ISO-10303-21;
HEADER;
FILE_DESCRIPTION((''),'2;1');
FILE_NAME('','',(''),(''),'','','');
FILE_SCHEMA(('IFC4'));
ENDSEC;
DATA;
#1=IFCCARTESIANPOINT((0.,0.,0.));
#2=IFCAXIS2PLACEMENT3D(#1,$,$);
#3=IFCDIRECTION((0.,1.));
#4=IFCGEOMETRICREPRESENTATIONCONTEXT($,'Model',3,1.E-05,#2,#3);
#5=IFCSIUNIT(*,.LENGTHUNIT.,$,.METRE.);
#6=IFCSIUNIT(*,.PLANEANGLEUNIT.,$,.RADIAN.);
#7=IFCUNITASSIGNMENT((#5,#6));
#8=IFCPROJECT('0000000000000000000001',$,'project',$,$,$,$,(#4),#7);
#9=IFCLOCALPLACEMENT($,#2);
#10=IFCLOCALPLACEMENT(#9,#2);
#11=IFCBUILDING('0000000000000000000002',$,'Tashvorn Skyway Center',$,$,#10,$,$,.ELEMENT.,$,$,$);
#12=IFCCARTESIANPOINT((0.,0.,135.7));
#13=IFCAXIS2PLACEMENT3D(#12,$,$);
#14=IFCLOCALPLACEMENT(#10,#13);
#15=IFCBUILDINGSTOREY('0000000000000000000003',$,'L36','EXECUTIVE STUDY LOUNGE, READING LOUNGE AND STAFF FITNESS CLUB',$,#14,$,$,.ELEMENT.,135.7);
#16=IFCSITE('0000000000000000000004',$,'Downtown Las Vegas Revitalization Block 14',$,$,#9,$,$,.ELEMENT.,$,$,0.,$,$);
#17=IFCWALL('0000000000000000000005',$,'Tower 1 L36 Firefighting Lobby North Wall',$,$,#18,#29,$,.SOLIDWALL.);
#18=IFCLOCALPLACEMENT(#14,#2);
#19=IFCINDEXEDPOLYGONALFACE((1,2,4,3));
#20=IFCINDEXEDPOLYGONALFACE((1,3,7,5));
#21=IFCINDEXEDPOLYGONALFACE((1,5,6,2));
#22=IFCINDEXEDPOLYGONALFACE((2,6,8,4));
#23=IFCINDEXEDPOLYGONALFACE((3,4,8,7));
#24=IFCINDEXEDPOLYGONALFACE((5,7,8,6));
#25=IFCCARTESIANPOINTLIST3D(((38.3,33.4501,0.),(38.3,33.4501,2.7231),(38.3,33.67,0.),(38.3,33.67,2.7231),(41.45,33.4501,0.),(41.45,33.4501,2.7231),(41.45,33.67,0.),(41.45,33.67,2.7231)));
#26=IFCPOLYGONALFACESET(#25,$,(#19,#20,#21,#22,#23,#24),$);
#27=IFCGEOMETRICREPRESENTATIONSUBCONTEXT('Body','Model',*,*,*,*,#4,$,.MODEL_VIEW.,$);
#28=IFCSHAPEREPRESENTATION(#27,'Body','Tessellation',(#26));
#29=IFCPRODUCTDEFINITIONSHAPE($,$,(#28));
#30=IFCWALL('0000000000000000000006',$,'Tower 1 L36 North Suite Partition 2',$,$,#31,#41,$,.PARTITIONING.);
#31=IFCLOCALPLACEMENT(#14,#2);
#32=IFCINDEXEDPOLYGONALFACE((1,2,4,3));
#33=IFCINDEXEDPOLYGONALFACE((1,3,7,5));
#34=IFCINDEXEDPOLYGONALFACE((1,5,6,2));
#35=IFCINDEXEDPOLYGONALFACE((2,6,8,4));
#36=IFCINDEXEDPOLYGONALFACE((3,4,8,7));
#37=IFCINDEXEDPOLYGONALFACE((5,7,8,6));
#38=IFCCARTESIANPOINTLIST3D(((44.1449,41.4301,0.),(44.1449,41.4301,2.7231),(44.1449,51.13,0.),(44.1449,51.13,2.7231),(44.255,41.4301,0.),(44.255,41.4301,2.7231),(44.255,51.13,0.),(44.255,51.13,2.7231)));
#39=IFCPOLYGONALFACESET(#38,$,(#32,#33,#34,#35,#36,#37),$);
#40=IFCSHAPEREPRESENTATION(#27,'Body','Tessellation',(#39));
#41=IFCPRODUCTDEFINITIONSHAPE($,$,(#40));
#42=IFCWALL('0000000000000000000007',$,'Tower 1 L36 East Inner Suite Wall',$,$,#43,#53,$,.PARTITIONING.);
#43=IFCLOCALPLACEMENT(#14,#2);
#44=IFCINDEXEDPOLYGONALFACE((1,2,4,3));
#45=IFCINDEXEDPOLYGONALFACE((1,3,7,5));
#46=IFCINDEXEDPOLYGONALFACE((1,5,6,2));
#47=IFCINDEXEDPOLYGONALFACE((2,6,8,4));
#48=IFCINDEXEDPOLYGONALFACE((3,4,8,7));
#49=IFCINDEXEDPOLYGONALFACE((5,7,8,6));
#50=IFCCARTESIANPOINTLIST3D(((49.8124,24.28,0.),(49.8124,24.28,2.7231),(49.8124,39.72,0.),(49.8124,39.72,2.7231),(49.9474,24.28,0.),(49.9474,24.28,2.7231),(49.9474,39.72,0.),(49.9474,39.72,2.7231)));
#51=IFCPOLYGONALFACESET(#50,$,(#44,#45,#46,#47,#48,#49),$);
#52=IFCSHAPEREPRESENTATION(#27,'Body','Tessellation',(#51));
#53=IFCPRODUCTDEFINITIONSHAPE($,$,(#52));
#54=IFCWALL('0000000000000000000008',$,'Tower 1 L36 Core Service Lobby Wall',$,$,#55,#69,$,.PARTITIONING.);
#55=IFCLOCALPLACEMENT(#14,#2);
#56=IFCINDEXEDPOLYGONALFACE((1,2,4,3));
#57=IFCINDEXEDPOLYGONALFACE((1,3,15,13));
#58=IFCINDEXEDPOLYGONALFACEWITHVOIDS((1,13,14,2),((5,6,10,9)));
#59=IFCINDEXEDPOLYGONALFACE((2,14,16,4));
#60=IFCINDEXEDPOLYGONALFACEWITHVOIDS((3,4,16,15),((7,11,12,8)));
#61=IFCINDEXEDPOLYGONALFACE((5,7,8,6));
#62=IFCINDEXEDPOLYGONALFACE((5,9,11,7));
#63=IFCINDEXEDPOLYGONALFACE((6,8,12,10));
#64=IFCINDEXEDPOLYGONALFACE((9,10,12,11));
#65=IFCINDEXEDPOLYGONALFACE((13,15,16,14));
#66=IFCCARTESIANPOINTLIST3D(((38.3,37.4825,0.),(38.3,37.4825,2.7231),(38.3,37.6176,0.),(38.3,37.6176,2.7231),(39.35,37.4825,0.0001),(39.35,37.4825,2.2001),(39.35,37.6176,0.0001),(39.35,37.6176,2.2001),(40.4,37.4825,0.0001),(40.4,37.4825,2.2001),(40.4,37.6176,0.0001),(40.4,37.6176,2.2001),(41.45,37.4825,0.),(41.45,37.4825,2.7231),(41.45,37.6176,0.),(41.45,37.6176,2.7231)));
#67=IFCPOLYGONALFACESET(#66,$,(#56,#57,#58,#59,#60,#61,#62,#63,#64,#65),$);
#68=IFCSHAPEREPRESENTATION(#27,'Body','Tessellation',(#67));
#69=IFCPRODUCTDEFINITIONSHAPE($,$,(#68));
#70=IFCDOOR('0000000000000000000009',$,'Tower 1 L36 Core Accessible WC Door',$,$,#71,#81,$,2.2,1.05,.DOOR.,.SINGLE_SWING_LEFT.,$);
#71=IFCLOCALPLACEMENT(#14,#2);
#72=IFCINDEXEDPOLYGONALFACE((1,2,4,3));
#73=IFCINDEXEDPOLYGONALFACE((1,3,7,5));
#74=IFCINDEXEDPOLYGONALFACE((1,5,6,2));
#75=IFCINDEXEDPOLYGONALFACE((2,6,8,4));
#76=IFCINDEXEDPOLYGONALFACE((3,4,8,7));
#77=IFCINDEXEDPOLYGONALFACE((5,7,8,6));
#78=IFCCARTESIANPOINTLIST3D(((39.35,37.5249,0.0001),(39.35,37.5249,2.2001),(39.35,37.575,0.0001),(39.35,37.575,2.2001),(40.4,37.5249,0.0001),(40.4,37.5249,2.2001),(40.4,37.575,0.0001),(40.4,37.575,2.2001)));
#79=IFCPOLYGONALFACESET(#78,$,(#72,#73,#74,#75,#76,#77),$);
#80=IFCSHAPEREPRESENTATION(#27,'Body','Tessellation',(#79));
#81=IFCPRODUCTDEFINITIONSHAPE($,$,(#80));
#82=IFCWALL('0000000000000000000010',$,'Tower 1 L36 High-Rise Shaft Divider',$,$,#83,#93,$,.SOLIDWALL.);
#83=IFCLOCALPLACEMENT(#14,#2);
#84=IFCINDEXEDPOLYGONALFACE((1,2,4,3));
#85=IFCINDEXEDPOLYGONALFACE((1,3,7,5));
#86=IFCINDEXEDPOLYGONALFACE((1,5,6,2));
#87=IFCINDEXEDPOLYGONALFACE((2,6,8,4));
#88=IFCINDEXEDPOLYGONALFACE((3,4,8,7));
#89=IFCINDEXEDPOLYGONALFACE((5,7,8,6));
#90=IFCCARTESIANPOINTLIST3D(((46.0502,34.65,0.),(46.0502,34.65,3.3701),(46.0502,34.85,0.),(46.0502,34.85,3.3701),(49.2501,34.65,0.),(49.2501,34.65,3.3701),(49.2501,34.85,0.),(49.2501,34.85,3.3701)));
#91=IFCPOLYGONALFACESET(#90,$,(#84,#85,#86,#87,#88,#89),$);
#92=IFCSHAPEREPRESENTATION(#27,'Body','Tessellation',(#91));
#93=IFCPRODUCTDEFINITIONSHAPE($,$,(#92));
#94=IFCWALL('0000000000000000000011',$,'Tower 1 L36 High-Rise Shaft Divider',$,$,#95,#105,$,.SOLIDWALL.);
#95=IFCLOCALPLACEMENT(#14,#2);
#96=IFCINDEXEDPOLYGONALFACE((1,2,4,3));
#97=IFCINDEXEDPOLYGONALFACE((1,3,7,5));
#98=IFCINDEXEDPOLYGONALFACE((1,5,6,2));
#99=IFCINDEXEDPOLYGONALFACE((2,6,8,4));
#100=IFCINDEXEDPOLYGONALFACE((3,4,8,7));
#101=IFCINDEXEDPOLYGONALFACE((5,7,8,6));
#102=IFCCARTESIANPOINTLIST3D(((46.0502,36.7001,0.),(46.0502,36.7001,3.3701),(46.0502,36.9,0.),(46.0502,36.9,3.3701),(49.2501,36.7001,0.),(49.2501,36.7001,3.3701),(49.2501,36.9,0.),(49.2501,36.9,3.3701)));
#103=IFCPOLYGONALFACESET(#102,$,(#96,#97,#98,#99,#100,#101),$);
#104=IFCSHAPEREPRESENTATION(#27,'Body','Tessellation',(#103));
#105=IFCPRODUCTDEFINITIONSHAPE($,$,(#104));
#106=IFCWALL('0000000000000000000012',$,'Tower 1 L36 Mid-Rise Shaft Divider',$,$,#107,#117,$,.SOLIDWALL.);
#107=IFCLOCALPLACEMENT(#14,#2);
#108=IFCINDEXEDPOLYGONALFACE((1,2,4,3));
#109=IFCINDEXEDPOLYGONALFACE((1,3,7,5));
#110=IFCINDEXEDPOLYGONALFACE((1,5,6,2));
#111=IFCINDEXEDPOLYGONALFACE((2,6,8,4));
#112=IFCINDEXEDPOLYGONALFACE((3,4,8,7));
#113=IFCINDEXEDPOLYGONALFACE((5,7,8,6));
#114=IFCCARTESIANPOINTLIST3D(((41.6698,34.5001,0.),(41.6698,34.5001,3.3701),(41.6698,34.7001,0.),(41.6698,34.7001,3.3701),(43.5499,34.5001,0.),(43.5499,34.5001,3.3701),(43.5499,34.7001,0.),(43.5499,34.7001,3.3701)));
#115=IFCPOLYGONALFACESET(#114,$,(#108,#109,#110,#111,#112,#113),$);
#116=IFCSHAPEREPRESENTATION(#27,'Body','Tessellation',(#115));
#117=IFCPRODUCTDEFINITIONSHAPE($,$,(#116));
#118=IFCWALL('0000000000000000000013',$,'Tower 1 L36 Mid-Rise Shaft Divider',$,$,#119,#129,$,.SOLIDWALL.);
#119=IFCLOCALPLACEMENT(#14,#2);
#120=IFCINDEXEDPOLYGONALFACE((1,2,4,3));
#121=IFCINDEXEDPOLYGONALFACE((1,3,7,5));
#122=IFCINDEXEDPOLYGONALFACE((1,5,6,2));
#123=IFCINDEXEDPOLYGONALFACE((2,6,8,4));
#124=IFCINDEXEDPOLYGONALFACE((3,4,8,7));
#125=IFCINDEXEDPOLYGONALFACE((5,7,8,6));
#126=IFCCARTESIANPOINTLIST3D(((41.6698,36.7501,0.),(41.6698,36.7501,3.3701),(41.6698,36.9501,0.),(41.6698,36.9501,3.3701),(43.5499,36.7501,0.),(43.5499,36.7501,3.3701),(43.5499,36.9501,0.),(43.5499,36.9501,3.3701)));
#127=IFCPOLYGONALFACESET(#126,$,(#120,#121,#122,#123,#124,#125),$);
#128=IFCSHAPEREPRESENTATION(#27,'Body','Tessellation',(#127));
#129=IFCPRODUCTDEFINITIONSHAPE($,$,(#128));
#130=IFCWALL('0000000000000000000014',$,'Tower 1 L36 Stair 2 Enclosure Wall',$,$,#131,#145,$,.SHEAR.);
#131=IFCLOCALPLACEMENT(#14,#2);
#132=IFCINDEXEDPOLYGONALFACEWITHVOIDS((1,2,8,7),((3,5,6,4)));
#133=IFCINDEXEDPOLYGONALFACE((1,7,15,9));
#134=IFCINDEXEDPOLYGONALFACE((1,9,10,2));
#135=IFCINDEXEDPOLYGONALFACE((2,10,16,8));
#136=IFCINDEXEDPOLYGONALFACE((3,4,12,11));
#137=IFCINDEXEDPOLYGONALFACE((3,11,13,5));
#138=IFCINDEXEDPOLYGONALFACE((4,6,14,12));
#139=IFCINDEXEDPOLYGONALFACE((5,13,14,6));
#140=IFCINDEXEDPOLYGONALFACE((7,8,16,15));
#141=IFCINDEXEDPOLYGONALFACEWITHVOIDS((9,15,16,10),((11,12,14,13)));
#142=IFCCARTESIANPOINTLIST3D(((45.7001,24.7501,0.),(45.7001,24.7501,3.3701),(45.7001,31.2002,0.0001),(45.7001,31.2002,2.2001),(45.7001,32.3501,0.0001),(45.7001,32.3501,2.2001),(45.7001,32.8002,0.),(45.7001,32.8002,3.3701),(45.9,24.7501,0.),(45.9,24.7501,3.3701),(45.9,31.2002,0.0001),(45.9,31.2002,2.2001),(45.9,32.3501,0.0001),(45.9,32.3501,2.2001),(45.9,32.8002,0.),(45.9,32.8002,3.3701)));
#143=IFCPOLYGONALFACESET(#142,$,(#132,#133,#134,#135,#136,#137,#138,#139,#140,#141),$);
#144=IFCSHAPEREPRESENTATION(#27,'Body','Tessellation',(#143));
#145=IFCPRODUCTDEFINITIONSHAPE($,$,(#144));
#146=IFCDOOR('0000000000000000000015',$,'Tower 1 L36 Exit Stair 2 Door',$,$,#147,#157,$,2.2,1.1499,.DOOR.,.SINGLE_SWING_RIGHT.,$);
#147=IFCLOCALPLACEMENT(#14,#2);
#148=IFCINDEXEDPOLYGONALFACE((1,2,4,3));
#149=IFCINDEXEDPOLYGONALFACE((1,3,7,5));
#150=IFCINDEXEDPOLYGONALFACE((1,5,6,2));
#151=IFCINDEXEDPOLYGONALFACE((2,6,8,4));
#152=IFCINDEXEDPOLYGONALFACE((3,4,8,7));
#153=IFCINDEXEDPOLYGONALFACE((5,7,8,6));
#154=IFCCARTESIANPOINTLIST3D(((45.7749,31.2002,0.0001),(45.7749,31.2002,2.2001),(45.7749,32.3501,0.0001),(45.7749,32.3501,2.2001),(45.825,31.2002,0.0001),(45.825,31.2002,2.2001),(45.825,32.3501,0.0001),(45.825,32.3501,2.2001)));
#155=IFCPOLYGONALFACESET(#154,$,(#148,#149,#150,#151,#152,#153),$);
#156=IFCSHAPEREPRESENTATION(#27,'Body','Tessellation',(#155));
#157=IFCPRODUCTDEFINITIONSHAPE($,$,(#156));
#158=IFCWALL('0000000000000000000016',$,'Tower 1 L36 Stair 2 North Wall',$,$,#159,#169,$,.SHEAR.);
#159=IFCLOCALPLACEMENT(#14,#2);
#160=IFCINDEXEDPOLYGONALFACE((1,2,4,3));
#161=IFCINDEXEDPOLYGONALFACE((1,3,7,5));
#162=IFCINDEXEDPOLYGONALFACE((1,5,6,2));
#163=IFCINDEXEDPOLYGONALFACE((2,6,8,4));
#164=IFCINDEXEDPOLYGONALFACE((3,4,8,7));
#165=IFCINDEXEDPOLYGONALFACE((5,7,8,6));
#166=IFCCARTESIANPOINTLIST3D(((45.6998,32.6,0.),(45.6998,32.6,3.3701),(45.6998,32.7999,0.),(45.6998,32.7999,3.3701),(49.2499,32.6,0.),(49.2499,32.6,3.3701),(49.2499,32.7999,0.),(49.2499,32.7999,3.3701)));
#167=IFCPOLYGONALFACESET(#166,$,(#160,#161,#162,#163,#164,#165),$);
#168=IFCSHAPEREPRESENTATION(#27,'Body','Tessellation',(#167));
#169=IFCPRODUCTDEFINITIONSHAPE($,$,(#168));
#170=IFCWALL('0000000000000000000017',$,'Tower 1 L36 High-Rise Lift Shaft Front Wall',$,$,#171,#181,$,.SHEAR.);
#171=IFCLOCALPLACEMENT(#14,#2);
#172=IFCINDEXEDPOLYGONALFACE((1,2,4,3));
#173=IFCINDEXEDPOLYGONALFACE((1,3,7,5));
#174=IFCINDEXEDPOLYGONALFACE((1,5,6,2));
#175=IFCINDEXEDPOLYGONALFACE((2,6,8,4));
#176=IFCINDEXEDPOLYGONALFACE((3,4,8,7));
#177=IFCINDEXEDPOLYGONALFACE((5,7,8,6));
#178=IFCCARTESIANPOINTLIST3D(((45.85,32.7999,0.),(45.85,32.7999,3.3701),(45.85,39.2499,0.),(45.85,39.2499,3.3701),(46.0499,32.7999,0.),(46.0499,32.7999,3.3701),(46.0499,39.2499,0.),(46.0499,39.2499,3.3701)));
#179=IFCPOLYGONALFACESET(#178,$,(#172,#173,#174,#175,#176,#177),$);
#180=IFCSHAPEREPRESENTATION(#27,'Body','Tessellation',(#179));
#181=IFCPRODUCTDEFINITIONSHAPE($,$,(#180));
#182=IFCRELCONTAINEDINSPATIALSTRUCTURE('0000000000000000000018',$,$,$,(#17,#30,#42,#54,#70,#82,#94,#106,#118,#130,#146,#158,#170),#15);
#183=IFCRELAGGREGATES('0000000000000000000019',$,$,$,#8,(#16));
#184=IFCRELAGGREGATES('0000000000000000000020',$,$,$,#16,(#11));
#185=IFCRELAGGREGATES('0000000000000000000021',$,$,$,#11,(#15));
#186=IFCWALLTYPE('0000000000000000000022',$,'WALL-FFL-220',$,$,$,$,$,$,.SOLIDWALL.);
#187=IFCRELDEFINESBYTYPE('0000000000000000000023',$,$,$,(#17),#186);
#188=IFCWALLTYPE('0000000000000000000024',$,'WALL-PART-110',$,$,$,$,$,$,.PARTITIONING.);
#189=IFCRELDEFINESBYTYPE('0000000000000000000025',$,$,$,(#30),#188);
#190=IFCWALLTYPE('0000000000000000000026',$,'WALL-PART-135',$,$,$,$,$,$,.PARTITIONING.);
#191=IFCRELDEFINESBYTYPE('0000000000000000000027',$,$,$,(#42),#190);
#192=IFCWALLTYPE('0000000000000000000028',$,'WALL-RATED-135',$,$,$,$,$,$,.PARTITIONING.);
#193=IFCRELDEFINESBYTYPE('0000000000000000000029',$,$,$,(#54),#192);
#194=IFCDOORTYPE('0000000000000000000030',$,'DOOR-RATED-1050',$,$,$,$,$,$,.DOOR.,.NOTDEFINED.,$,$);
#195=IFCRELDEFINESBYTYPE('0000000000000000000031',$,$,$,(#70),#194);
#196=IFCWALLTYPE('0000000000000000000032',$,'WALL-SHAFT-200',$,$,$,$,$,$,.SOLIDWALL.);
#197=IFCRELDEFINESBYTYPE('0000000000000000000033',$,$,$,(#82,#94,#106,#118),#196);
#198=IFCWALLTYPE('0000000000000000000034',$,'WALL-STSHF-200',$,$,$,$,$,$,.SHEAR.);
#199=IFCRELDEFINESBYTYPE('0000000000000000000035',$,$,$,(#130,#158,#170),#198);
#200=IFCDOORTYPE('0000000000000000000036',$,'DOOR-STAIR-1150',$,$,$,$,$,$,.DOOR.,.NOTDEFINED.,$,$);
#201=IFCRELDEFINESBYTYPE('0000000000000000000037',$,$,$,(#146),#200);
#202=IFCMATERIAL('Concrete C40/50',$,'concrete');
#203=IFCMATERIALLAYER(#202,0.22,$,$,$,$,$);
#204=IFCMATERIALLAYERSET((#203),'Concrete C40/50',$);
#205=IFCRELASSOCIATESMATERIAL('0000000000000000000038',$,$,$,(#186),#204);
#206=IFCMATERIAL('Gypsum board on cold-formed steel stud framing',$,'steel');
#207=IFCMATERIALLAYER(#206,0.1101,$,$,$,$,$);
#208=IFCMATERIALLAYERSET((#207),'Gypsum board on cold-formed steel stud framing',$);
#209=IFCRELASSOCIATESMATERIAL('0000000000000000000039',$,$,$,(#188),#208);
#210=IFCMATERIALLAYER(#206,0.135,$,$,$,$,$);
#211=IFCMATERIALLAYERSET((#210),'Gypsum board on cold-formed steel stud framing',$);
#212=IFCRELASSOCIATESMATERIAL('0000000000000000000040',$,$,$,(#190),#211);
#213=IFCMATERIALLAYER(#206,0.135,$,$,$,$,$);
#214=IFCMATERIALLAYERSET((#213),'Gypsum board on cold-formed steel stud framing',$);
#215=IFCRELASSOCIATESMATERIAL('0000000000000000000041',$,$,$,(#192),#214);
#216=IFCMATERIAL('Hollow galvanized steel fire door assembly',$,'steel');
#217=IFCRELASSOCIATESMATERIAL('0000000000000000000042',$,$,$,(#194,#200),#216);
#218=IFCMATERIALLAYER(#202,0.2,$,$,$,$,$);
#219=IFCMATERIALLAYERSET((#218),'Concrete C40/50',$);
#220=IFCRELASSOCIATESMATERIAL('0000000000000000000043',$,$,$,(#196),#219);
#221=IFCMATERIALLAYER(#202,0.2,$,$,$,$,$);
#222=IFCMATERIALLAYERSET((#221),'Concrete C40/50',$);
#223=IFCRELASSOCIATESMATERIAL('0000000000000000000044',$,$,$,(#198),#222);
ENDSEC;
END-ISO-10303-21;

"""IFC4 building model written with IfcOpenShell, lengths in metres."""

from ifc_helpers import new_model, si_unit, direction, frame, frame_2d, origin, place, context, subcontext, project, spatial, rectangle, extrude, material, layer, layer_set, type_object, element, fill, save


model = new_model("IFC4")

# Units and contexts
model_context = context("Model", 3, precision=1e-05, world=origin(), true_north=direction((0.0, 1.0)))
body_context = subcontext(model_context, "Body", "Model", "MODEL_VIEW")
ifc_project = project(units=[si_unit("LENGTHUNIT", "METRE"), si_unit("PLANEANGLEUNIT", "RADIAN")], contexts=[model_context])

# Site, building, storey
site_placement = place(None, origin())
site = spatial("IfcSite", under=ifc_project, at=site_placement, Name="Downtown Las Vegas Revitalization Block 14", CompositionType="ELEMENT", RefElevation=0.0)
building_placement = place(site_placement, origin())
building = spatial("IfcBuilding", under=site, at=building_placement, Name="Tashvorn Skyway Center", CompositionType="ELEMENT")
storey_placement = place(building_placement, frame((0.0, 0.0, 135.7)))
storey = spatial("IfcBuildingStorey", under=building, at=storey_placement, Name="L36", Description="EXECUTIVE STUDY LOUNGE, READING LOUNGE AND STAFF FITNESS CLUB", CompositionType="ELEMENT", Elevation=135.7)

# Walls
ifc_material_1 = material(Name="Concrete C40/50", Category="concrete")
ifc_layer_1 = layer(ifc_material_1, 0.22)
ifc_layer_set_1 = layer_set([ifc_layer_1], Name="Concrete C40/50")
wall_type_1 = type_object("IfcWallType", Name="WALL-FFL-220", PredefinedType="SOLIDWALL", material=ifc_layer_set_1)
wall_1_placement = place(storey_placement, frame((38.3, 33.5601, 0.0), z_axis=(0.0, 0.0, 1.0), x_axis=(1.0, 0.0, 0.0)))
element("IfcWall", 1, at=wall_1_placement, inside=storey, type_object=wall_type_1, Name="Tower 1 L36 Firefighting Lobby North Wall", PredefinedType="SOLIDWALL", context=body_context, shape_type="SweptSolid", body=[
    extrude(rectangle(XDim=3.1499, YDim=0.22, at=frame_2d((1.575, 0.0))), origin(), (0.0, 0.0, 1.0), 2.7231),
])
ifc_material_2 = material(Name="Gypsum board on cold-formed steel stud framing", Category="steel")
ifc_layer_2 = layer(ifc_material_2, 0.1101)
ifc_layer_set_2 = layer_set([ifc_layer_2], Name="Gypsum board on cold-formed steel stud framing")
wall_type_2 = type_object("IfcWallType", Name="WALL-PART-110", PredefinedType="PARTITIONING", material=ifc_layer_set_2)
wall_2_placement = place(storey_placement, frame((44.2, 41.4299, 0.0), z_axis=(0.0, 0.0, 1.0), x_axis=(0.0, 1.0, 0.0)))
element("IfcWall", 2, at=wall_2_placement, inside=storey, type_object=wall_type_2, Name="Tower 1 L36 North Suite Partition 2", PredefinedType="PARTITIONING", context=body_context, shape_type="SweptSolid", body=[
    extrude(rectangle(XDim=9.7, YDim=0.1101, at=frame_2d((4.8501, 0.0))), origin(), (0.0, 0.0, 1.0), 2.7231),
])
ifc_layer_3 = layer(ifc_material_2, 0.135)
ifc_layer_set_3 = layer_set([ifc_layer_3], Name="Gypsum board on cold-formed steel stud framing")
wall_type_3 = type_object("IfcWallType", Name="WALL-PART-135", PredefinedType="PARTITIONING", material=ifc_layer_set_3)
wall_3_placement = place(storey_placement, frame((49.8799, 39.72, 0.0), z_axis=(0.0, 0.0, 1.0), x_axis=(0.0, -1.0, 0.0)))
element("IfcWall", 3, at=wall_3_placement, inside=storey, type_object=wall_type_3, Name="Tower 1 L36 East Inner Suite Wall", PredefinedType="PARTITIONING", context=body_context, shape_type="SweptSolid", body=[
    extrude(rectangle(XDim=15.4399, YDim=0.135, at=frame_2d((7.72, 0.0))), origin(), (0.0, 0.0, 1.0), 2.7231),
])

# Wall, opening, door
ifc_layer_4 = layer(ifc_material_2, 0.135)
ifc_layer_set_4 = layer_set([ifc_layer_4], Name="Gypsum board on cold-formed steel stud framing")
wall_type_4 = type_object("IfcWallType", Name="WALL-RATED-135", PredefinedType="PARTITIONING", material=ifc_layer_set_4)
wall_4_placement = place(storey_placement, frame((38.3, 37.55, 0.0), z_axis=(0.0, 0.0, 1.0), x_axis=(1.0, 0.0, 0.0)))
wall_4 = element("IfcWall", 4, at=wall_4_placement, inside=storey, type_object=wall_type_4, Name="Tower 1 L36 Core Service Lobby Wall", PredefinedType="PARTITIONING", context=body_context, shape_type="SweptSolid", body=[
    extrude(rectangle(XDim=3.1499, YDim=0.135, at=frame_2d((1.575, 0.0))), origin(), (0.0, 0.0, 1.0), 2.7231),
])
opening_1_placement = place(wall_4_placement, frame((1.05, 0.0, 0.0)))
opening_1 = element("IfcOpeningElement", 5, at=opening_1_placement, cuts=wall_4, PredefinedType="OPENING", context=body_context, shape_type="SweptSolid", body=[
    extrude(rectangle(XDim=1.05, YDim=2.2, at=frame_2d((0.5249, 1.1001))), frame((0.0, 0.0774, 0.0), z_axis=(0.0, -1.0, 0.0), x_axis=(1.0, 0.0, 0.0)), (0.0, 0.0, 1.0), 0.155),
])
ifc_material_3 = material(Name="Hollow galvanized steel fire door assembly", Category="steel")
door_type_1 = type_object("IfcDoorType", Name="DOOR-RATED-1050", OperationType="NOTDEFINED", PredefinedType="DOOR", material=ifc_material_3)
door_1_placement = place(opening_1_placement, origin())
door_1 = element("IfcDoor", 6, at=door_1_placement, inside=storey, type_object=door_type_1, Name="Tower 1 L36 Core Accessible WC Door", OperationType="SINGLE_SWING_LEFT", OverallHeight=2.2, OverallWidth=1.05, PredefinedType="DOOR", context=body_context, shape_type="SweptSolid", body=[
    extrude(rectangle(XDim=1.05, YDim=2.2, at=frame_2d((0.5249, 1.1001))), frame((0.0, 0.0249, 0.0), z_axis=(0.0, -1.0, 0.0), x_axis=(1.0, 0.0, 0.0)), (0.0, 0.0, 1.0), 0.05),
])
fill(opening_1, door_1)

# Walls
ifc_layer_5 = layer(ifc_material_1, 0.2)
ifc_layer_set_5 = layer_set([ifc_layer_5], Name="Concrete C40/50")
wall_type_5 = type_object("IfcWallType", Name="WALL-SHAFT-200", PredefinedType="SOLIDWALL", material=ifc_layer_set_5)
for number, where, z_axis, x_axis, name in (
    (7, (46.05, 34.75, 0.0), (0.0, 0.0, 1.0), (1.0, 0.0, 0.0), "Tower 1 L36 High-Rise Shaft Divider"),
    (8, (46.05, 36.8, 0.0), (0.0, 0.0, 1.0), (1.0, 0.0, 0.0), "Tower 1 L36 High-Rise Shaft Divider"),
):
    element("IfcWall", number, at=place(storey_placement, frame(where, z_axis=z_axis, x_axis=x_axis)), inside=storey, type_object=wall_type_5, Name=name, PredefinedType="SOLIDWALL", context=body_context, shape_type="SweptSolid", body=[
        extrude(rectangle(XDim=3.2, YDim=0.2, at=frame_2d((1.6001, 0.0))), origin(), (0.0, 0.0, 1.0), 3.3701),
    ])
for number, where, z_axis, x_axis, name in (
    (9, (41.6699, 34.6001, 0.0), (0.0, 0.0, 1.0), (1.0, 0.0, 0.0), "Tower 1 L36 Mid-Rise Shaft Divider"),
    (10, (41.6699, 36.8501, 0.0), (0.0, 0.0, 1.0), (1.0, 0.0, 0.0), "Tower 1 L36 Mid-Rise Shaft Divider"),
):
    element("IfcWall", number, at=place(storey_placement, frame(where, z_axis=z_axis, x_axis=x_axis)), inside=storey, type_object=wall_type_5, Name=name, PredefinedType="SOLIDWALL", context=body_context, shape_type="SweptSolid", body=[
        extrude(rectangle(XDim=1.8801, YDim=0.2, at=frame_2d((0.9399, 0.0))), origin(), (0.0, 0.0, 1.0), 3.3701),
    ])

# Wall, opening, door
ifc_layer_6 = layer(ifc_material_1, 0.2)
ifc_layer_set_6 = layer_set([ifc_layer_6], Name="Concrete C40/50")
wall_type_6 = type_object("IfcWallType", Name="WALL-STSHF-200", PredefinedType="SHEAR", material=ifc_layer_set_6)
wall_5_placement = place(storey_placement, frame((45.8, 32.8, 0.0), z_axis=(0.0, 0.0, 1.0), x_axis=(0.0, -1.0, 0.0)))
wall_5 = element("IfcWall", 11, at=wall_5_placement, inside=storey, type_object=wall_type_6, Name="Tower 1 L36 Stair 2 Enclosure Wall", PredefinedType="SHEAR", context=body_context, shape_type="SweptSolid", body=[
    extrude(rectangle(XDim=8.05, YDim=0.2, at=frame_2d((4.0249, 0.0))), origin(), (0.0, 0.0, 1.0), 3.3701),
])
opening_2_placement = place(wall_5_placement, frame((0.45, 0.0, 0.0)))
opening_2 = element("IfcOpeningElement", 12, at=opening_2_placement, cuts=wall_5, PredefinedType="OPENING", context=body_context, shape_type="SweptSolid", body=[
    extrude(rectangle(XDim=1.1499, YDim=2.2, at=frame_2d((0.575, 1.1001))), frame((0.0, 0.1099, 0.0), z_axis=(0.0, -1.0, 0.0), x_axis=(1.0, 0.0, 0.0)), (0.0, 0.0, 1.0), 0.22),
])
door_type_2 = type_object("IfcDoorType", Name="DOOR-STAIR-1150", OperationType="NOTDEFINED", PredefinedType="DOOR", material=ifc_material_3)
door_2_placement = place(opening_2_placement, origin())
door_2 = element("IfcDoor", 13, at=door_2_placement, inside=storey, type_object=door_type_2, Name="Tower 1 L36 Exit Stair 2 Door", OperationType="SINGLE_SWING_RIGHT", OverallHeight=2.2, OverallWidth=1.1499, PredefinedType="DOOR", context=body_context, shape_type="SweptSolid", body=[
    extrude(rectangle(XDim=1.1499, YDim=2.2, at=frame_2d((0.575, 1.1001))), frame((0.0, 0.0249, 0.0), z_axis=(0.0, -1.0, 0.0), x_axis=(1.0, 0.0, 0.0)), (0.0, 0.0, 1.0), 0.05),
])
fill(opening_2, door_2)

# Walls
wall_6_placement = place(storey_placement, frame((45.7, 32.7, 0.0), z_axis=(0.0, 0.0, 1.0), x_axis=(1.0, 0.0, 0.0)))
element("IfcWall", 14, at=wall_6_placement, inside=storey, type_object=wall_type_6, Name="Tower 1 L36 Stair 2 North Wall", PredefinedType="SHEAR", context=body_context, shape_type="SweptSolid", body=[
    extrude(rectangle(XDim=3.55, YDim=0.2, at=frame_2d((1.7749, 0.0))), origin(), (0.0, 0.0, 1.0), 3.3701),
])
wall_7_placement = place(storey_placement, frame((45.95, 39.25, 0.0), z_axis=(0.0, 0.0, 1.0), x_axis=(0.0, -1.0, 0.0)))
element("IfcWall", 15, at=wall_7_placement, inside=storey, type_object=wall_type_6, Name="Tower 1 L36 High-Rise Lift Shaft Front Wall", PredefinedType="SHEAR", context=body_context, shape_type="SweptSolid", body=[
    extrude(rectangle(XDim=6.45, YDim=0.2, at=frame_2d((3.2251, 0.0))), origin(), (0.0, 0.0, 1.0), 3.3701),
])

save(model, "model.ifc")
